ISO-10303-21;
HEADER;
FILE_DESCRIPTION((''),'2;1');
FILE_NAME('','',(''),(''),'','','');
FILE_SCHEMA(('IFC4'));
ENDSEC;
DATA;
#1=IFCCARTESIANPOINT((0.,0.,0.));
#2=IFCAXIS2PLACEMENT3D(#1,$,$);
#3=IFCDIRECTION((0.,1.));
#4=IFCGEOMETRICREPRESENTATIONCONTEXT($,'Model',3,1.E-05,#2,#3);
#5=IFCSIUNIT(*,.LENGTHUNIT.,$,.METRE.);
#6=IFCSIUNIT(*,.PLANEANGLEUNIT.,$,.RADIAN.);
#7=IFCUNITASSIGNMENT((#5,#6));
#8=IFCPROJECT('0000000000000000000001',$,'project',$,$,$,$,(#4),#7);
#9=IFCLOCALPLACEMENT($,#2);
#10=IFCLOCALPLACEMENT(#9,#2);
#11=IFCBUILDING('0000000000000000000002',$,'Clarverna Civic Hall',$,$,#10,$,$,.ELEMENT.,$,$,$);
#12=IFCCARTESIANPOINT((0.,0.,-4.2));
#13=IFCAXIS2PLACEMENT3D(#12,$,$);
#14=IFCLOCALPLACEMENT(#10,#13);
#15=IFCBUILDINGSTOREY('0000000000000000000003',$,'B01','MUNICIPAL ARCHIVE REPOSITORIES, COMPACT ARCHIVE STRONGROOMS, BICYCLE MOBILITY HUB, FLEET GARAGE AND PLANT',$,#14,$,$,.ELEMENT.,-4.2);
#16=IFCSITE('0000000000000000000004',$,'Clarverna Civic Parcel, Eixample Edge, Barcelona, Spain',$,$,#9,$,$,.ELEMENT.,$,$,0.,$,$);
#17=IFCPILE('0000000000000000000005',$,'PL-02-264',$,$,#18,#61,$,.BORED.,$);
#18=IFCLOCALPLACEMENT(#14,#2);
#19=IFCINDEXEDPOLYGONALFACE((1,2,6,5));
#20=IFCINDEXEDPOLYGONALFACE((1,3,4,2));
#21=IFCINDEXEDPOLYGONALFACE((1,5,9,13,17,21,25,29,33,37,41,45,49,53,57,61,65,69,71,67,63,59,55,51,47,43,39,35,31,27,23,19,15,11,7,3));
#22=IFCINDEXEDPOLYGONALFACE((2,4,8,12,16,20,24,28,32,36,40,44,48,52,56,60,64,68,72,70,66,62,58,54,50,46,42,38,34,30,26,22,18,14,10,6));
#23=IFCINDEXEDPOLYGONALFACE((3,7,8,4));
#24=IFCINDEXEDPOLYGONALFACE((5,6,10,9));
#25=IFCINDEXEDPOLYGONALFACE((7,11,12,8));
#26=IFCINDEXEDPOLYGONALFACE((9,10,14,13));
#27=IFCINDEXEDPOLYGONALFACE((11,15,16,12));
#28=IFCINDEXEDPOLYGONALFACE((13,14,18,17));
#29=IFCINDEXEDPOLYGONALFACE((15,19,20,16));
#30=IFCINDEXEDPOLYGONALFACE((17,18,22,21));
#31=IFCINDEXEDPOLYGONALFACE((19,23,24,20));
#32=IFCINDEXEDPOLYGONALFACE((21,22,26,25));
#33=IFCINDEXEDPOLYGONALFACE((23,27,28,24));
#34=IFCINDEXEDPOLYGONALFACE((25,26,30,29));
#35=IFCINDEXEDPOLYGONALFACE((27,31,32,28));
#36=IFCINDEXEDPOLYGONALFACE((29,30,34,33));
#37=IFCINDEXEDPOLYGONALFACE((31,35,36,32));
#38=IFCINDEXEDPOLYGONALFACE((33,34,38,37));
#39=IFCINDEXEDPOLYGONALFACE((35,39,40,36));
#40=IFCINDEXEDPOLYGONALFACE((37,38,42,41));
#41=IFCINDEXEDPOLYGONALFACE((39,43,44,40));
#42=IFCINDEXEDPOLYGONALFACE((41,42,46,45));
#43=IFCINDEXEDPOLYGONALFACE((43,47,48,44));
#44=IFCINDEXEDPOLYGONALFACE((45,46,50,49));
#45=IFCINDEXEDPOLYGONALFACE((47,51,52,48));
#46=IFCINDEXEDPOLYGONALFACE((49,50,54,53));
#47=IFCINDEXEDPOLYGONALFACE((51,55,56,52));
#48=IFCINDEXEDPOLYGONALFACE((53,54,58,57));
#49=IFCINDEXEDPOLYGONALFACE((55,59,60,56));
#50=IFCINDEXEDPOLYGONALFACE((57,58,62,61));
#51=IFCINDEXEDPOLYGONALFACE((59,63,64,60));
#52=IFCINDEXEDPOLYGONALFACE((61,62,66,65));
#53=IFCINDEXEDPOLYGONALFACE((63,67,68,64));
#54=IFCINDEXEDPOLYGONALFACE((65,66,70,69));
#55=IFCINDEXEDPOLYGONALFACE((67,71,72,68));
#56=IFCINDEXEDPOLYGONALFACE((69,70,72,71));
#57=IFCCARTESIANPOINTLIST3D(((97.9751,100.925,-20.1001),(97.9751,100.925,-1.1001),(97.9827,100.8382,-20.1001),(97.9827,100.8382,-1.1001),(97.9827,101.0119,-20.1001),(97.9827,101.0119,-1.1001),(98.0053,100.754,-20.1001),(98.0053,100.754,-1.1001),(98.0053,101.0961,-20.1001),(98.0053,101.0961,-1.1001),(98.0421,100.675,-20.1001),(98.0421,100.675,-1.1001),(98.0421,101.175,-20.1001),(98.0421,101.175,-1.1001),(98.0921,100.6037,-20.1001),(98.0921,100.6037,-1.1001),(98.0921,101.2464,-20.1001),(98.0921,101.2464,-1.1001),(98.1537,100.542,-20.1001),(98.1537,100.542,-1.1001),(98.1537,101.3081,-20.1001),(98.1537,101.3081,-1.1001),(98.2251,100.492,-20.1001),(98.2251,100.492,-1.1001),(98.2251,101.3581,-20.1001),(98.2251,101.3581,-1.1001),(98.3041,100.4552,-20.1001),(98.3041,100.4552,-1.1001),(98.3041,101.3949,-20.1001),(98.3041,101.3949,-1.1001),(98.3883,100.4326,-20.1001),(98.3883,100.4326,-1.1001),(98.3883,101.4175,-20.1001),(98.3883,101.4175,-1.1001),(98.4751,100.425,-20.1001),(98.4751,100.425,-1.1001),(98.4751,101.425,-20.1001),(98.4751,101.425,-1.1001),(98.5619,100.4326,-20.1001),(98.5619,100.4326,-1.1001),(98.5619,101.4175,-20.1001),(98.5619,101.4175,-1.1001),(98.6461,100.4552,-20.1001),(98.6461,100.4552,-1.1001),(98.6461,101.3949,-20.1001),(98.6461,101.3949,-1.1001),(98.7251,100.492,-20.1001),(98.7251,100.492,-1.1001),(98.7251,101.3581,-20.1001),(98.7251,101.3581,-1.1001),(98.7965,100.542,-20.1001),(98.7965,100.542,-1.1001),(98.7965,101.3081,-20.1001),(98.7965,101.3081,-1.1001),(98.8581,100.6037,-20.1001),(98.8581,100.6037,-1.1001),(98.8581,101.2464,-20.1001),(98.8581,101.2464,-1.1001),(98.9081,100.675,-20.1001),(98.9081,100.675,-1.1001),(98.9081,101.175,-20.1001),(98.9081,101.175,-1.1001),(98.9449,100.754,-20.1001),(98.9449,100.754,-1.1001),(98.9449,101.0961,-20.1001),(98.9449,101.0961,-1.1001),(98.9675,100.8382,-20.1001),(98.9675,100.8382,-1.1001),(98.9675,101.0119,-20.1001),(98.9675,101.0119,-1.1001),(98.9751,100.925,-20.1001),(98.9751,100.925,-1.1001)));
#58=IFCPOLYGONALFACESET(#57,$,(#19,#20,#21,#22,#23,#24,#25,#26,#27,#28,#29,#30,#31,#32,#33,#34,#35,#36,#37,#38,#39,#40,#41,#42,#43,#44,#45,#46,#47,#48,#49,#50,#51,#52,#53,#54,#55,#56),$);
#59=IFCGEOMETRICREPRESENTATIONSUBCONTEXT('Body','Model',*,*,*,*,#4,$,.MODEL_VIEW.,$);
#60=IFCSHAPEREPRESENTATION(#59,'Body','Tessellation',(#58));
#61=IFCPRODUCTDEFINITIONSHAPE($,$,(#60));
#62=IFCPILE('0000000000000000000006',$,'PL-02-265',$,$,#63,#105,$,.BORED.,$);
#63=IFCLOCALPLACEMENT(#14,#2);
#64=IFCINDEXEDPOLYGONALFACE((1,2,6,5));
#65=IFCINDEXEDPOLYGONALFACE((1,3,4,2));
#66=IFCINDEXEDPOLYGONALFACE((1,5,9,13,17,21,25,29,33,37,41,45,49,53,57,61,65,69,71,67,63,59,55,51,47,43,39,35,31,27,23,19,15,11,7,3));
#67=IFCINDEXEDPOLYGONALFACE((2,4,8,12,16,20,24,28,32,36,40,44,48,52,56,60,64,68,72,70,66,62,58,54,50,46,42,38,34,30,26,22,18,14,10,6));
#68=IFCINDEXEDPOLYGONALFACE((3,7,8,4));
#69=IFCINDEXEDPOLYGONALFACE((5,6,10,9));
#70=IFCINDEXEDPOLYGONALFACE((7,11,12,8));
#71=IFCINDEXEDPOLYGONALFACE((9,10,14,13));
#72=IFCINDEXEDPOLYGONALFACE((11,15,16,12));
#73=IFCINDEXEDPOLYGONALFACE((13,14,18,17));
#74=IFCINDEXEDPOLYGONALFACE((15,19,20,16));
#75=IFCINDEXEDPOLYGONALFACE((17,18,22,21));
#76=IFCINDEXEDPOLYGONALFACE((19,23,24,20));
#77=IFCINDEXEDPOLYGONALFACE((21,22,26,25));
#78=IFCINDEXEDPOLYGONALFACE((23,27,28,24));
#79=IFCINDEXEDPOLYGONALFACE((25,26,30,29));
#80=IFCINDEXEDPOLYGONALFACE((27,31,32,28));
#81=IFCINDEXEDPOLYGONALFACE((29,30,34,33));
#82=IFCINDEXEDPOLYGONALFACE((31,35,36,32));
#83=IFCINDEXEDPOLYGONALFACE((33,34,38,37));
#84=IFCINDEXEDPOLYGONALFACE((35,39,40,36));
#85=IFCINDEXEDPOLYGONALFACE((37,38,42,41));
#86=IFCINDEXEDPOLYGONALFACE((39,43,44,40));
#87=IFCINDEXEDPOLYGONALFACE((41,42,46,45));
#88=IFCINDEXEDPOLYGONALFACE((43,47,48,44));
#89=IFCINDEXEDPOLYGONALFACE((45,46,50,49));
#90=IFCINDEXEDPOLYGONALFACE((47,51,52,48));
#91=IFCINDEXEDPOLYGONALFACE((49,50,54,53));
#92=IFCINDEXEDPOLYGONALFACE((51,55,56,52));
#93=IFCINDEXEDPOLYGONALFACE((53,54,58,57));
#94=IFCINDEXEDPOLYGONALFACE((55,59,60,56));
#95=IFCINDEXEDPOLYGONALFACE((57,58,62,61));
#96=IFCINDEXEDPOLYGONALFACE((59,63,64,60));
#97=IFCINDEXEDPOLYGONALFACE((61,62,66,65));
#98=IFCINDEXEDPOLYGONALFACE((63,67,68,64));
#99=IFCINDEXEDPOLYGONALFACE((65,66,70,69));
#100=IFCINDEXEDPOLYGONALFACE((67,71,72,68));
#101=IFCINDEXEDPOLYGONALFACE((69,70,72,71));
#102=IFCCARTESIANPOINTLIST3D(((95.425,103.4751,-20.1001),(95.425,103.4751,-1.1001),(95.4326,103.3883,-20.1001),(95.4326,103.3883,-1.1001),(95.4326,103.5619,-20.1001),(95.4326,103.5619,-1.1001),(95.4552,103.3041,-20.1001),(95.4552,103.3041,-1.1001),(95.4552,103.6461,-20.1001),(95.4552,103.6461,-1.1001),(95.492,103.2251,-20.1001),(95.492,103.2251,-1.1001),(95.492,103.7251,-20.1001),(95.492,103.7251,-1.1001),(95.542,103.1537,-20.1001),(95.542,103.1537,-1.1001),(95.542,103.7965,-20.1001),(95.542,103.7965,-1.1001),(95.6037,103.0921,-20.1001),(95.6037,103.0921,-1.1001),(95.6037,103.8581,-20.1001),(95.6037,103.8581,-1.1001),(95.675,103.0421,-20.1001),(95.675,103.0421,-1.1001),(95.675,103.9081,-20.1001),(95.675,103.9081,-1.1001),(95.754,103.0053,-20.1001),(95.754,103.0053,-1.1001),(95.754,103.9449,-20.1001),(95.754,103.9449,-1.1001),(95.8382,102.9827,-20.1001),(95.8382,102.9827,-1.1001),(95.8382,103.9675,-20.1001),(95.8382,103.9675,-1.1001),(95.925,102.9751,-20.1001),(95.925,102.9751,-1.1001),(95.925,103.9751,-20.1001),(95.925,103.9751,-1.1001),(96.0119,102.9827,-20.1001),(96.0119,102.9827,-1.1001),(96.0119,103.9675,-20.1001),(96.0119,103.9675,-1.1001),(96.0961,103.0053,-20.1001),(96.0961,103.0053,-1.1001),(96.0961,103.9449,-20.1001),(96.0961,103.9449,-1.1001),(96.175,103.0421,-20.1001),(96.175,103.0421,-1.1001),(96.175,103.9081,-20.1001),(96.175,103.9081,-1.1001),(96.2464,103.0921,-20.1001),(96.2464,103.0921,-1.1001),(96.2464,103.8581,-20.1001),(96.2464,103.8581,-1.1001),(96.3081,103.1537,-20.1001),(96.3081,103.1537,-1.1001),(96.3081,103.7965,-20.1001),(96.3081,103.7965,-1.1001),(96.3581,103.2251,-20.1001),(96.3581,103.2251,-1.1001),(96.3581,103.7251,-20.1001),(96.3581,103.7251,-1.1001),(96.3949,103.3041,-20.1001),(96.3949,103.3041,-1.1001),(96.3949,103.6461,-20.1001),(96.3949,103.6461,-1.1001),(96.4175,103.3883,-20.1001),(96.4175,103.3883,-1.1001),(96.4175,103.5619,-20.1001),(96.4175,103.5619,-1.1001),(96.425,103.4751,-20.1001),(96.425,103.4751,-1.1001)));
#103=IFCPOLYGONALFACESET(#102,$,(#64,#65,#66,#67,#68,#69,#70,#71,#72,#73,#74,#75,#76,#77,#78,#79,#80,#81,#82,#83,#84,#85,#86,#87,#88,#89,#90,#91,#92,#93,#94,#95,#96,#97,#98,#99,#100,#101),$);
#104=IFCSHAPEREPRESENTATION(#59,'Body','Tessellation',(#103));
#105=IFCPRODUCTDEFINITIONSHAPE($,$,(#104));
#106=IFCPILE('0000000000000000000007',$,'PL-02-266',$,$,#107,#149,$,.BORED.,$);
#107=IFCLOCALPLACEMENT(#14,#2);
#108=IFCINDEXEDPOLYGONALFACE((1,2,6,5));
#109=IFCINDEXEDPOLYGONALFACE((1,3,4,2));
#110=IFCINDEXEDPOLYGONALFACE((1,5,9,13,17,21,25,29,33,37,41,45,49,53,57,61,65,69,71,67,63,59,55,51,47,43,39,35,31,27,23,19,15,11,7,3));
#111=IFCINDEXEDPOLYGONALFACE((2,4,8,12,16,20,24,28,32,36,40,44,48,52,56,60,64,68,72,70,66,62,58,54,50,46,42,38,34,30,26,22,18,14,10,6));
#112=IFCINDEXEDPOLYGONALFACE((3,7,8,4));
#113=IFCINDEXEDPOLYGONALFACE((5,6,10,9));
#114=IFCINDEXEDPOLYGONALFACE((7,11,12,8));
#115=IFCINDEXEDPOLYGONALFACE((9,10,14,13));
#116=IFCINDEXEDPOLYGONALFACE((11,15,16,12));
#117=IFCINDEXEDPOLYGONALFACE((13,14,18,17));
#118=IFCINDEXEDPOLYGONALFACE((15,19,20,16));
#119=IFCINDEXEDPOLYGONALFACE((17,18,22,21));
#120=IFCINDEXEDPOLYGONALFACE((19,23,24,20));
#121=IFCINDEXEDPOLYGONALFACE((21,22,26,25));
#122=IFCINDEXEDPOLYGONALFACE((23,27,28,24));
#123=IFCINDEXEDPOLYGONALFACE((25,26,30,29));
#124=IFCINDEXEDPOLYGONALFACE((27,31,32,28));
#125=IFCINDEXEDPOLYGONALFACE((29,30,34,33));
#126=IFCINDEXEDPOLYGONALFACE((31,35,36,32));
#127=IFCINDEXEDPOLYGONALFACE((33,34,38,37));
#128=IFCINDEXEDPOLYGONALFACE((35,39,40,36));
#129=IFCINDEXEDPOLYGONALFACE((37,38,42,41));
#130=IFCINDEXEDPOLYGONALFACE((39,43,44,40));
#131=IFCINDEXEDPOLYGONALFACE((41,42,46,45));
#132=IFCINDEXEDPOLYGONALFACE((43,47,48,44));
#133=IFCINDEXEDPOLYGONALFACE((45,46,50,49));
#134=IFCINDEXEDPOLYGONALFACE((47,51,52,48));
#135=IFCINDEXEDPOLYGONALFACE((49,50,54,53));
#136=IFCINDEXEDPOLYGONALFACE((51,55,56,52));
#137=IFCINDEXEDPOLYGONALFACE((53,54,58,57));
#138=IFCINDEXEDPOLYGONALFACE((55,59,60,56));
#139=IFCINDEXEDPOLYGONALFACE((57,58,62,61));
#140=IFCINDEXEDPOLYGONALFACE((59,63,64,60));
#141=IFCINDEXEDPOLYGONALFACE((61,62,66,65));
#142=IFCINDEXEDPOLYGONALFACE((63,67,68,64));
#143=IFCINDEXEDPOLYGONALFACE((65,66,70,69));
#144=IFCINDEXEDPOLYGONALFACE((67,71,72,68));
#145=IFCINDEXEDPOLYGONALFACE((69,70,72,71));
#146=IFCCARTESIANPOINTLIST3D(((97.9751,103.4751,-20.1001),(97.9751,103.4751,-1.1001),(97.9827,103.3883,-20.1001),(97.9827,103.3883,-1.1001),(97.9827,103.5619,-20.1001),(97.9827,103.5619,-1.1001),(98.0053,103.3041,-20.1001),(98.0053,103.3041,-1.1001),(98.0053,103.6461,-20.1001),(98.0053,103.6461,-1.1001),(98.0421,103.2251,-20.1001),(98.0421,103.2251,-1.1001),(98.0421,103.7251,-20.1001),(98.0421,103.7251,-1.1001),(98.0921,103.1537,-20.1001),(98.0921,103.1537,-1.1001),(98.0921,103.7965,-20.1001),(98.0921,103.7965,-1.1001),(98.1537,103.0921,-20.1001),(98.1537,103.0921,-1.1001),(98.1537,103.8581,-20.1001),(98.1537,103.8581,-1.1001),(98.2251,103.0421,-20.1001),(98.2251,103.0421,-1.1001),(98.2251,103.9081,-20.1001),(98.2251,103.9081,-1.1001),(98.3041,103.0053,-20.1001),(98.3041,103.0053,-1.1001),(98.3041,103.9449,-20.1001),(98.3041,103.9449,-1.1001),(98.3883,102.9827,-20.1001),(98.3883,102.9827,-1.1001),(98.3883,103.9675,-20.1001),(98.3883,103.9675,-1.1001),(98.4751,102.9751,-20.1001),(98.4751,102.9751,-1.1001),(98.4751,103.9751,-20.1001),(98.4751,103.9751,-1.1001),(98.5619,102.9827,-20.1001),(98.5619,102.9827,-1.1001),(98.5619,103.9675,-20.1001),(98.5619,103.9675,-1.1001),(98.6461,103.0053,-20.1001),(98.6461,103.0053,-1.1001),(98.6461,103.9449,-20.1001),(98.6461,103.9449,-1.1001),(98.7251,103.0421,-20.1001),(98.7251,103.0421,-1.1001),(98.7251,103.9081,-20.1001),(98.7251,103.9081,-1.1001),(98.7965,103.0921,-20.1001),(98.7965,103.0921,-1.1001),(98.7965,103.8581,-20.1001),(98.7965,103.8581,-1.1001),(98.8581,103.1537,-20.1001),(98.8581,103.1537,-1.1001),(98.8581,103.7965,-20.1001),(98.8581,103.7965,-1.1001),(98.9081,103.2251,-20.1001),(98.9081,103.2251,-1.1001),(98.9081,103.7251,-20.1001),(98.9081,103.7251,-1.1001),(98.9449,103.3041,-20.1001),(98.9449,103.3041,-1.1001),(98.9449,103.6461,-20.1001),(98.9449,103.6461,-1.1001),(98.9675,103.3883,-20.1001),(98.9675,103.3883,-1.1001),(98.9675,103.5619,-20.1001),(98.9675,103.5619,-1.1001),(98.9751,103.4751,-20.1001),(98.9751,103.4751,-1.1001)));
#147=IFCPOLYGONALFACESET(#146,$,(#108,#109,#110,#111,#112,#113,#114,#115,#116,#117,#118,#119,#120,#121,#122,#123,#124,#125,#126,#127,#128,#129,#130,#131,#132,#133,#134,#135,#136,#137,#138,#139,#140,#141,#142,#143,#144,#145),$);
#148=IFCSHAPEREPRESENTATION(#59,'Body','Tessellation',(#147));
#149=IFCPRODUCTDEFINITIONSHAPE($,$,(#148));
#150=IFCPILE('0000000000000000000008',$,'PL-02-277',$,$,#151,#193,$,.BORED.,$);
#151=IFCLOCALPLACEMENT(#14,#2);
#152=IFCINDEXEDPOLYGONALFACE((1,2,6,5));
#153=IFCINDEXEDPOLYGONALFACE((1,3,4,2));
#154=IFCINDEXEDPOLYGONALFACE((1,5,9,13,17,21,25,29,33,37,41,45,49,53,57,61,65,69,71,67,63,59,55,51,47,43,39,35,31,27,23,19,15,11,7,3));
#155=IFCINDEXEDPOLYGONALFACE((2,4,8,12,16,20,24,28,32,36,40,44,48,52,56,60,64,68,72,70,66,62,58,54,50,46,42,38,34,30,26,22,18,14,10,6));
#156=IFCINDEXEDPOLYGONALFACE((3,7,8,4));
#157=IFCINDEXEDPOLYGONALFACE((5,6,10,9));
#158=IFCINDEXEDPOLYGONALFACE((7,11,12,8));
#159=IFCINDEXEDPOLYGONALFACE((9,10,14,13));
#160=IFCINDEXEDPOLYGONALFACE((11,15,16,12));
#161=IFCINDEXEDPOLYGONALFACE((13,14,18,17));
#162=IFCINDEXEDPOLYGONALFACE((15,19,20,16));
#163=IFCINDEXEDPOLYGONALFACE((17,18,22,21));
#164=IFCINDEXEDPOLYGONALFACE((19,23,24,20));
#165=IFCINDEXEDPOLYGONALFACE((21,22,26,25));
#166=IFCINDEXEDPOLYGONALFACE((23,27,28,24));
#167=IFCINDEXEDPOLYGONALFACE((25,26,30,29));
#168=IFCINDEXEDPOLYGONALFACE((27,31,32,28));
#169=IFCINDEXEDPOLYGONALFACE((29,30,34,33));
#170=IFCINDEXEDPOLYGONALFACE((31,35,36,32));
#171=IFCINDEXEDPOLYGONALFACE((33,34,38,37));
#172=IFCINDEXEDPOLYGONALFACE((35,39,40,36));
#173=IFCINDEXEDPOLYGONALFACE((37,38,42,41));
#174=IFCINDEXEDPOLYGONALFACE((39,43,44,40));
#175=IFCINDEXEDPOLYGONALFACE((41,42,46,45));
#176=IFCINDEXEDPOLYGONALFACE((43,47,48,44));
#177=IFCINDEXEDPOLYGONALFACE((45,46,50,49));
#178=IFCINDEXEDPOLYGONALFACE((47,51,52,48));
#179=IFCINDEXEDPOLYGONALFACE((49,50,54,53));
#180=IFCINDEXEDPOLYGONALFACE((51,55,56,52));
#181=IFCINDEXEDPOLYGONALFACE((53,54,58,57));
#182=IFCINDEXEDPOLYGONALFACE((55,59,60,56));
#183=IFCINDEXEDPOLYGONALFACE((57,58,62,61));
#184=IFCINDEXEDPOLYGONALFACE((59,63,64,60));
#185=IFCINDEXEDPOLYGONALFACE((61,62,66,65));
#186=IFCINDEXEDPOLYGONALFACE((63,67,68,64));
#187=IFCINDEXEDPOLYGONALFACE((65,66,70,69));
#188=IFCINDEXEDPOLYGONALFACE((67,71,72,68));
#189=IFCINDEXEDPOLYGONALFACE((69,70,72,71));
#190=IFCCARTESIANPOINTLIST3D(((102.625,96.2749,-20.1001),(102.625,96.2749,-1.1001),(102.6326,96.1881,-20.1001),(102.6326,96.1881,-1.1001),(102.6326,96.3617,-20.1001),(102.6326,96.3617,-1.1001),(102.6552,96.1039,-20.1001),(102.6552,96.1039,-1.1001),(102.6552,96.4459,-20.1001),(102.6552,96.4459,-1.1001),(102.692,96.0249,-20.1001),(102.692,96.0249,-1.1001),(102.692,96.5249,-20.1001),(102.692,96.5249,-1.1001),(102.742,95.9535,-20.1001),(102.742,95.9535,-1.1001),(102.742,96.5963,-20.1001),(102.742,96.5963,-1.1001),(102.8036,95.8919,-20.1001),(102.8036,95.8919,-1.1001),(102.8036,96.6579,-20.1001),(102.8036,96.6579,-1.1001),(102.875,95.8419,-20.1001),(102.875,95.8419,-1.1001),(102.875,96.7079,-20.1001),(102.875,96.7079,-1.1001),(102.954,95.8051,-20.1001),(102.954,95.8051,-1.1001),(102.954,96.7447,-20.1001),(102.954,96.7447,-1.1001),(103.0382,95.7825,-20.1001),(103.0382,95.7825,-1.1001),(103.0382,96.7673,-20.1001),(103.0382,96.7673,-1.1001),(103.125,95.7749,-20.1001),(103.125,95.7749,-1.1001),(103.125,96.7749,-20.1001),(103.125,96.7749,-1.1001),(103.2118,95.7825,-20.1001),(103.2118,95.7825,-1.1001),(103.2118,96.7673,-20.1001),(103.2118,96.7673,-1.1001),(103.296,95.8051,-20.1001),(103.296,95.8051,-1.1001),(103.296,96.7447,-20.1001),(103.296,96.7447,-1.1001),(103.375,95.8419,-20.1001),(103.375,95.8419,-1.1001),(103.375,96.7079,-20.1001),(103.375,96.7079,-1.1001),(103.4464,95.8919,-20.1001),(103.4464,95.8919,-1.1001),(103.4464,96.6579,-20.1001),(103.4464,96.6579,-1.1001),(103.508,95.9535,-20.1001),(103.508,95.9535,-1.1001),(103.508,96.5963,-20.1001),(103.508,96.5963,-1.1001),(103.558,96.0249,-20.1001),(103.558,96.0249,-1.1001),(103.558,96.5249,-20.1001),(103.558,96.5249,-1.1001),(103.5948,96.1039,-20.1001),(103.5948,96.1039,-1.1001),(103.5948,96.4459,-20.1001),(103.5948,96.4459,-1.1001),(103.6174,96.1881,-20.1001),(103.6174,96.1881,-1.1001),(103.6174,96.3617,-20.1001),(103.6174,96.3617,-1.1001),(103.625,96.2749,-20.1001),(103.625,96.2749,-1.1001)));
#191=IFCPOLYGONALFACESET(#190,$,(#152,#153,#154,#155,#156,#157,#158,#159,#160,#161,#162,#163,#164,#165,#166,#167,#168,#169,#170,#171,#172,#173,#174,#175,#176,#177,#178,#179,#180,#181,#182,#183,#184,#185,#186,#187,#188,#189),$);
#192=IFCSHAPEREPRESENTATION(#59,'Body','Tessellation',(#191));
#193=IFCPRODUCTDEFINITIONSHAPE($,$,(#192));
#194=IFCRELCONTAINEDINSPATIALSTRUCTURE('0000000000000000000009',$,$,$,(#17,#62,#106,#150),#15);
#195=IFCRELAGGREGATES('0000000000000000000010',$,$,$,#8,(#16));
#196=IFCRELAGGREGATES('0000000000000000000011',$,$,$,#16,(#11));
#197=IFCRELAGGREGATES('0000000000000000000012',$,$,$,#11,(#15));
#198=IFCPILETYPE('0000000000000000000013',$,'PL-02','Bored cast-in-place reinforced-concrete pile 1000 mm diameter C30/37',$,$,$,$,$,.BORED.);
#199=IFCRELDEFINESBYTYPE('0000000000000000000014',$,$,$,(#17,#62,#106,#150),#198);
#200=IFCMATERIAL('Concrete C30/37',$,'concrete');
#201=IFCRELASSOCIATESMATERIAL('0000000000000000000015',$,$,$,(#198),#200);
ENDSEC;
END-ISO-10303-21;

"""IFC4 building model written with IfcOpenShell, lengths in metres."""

from ifc_helpers import new_model, si_unit, direction, frame, origin, origin_2d, place, context, subcontext, project, spatial, circle, extrude, material, material_profile, profile_set, type_object, element, save


model = new_model("IFC4")

# Units and contexts
model_context = context("Model", 3, precision=1e-05, world=origin(), true_north=direction((0.0, 1.0)))
body_context = subcontext(model_context, "Body", "Model", "MODEL_VIEW")
ifc_project = project(units=[si_unit("LENGTHUNIT", "METRE"), si_unit("PLANEANGLEUNIT", "RADIAN")], contexts=[model_context])

# Site, building, storey
site_placement = place(None, origin())
site = spatial("IfcSite", under=ifc_project, at=site_placement, Name="Clarverna Civic Parcel, Eixample Edge, Barcelona, Spain", CompositionType="ELEMENT", RefElevation=0.0)
building_placement = place(site_placement, origin())
building = spatial("IfcBuilding", under=site, at=building_placement, Name="Clarverna Civic Hall", CompositionType="ELEMENT")
storey_placement = place(building_placement, frame((0.0, 0.0, -4.2)))
storey = spatial("IfcBuildingStorey", under=building, at=storey_placement, Name="B01", Description="MUNICIPAL ARCHIVE REPOSITORIES, COMPACT ARCHIVE STRONGROOMS, BICYCLE MOBILITY HUB, FLEET GARAGE AND PLANT", CompositionType="ELEMENT", Elevation=-4.2)

# Shared definitions
ifc_material_1 = material(Name="Concrete C30/37", Category="concrete")

# Piles
ifc_material_profile_1 = material_profile(ifc_material_1, circle(Radius=0.5, at=origin_2d()), Name="BORED PILE D1000")
ifc_profile_set_1 = profile_set([ifc_material_profile_1], Name="Concrete C30/37")
pile_type = type_object("IfcPileType", Name="PL-02", Description="Bored cast-in-place reinforced-concrete pile 1000 mm diameter C30/37", PredefinedType="BORED", material=ifc_profile_set_1)
for number, where, z_axis, x_axis, name in (
    (1, (98.4751, 100.925, -1.1001), (0.0, 0.0, -1.0), (1.0, 0.0, 0.0), "PL-02-264"),
    (2, (95.925, 103.4751, -1.1001), (0.0, 0.0, -1.0), (1.0, 0.0, 0.0), "PL-02-265"),
    (3, (98.4751, 103.4751, -1.1001), (0.0, 0.0, -1.0), (1.0, 0.0, 0.0), "PL-02-266"),
    (4, (103.125, 96.2749, -1.1001), (0.0, 0.0, -1.0), (1.0, 0.0, 0.0), "PL-02-277"),
):
    element("IfcPile", number, at=place(storey_placement, frame(where, z_axis=z_axis, x_axis=x_axis)), inside=storey, type_object=pile_type, Name=name, PredefinedType="BORED", context=body_context, shape_type="SweptSolid", body=[
        extrude(circle(Radius=0.5, at=origin_2d()), origin(), (0.0, 0.0, 1.0), 19.0),
    ])

save(model, "model.ifc")
